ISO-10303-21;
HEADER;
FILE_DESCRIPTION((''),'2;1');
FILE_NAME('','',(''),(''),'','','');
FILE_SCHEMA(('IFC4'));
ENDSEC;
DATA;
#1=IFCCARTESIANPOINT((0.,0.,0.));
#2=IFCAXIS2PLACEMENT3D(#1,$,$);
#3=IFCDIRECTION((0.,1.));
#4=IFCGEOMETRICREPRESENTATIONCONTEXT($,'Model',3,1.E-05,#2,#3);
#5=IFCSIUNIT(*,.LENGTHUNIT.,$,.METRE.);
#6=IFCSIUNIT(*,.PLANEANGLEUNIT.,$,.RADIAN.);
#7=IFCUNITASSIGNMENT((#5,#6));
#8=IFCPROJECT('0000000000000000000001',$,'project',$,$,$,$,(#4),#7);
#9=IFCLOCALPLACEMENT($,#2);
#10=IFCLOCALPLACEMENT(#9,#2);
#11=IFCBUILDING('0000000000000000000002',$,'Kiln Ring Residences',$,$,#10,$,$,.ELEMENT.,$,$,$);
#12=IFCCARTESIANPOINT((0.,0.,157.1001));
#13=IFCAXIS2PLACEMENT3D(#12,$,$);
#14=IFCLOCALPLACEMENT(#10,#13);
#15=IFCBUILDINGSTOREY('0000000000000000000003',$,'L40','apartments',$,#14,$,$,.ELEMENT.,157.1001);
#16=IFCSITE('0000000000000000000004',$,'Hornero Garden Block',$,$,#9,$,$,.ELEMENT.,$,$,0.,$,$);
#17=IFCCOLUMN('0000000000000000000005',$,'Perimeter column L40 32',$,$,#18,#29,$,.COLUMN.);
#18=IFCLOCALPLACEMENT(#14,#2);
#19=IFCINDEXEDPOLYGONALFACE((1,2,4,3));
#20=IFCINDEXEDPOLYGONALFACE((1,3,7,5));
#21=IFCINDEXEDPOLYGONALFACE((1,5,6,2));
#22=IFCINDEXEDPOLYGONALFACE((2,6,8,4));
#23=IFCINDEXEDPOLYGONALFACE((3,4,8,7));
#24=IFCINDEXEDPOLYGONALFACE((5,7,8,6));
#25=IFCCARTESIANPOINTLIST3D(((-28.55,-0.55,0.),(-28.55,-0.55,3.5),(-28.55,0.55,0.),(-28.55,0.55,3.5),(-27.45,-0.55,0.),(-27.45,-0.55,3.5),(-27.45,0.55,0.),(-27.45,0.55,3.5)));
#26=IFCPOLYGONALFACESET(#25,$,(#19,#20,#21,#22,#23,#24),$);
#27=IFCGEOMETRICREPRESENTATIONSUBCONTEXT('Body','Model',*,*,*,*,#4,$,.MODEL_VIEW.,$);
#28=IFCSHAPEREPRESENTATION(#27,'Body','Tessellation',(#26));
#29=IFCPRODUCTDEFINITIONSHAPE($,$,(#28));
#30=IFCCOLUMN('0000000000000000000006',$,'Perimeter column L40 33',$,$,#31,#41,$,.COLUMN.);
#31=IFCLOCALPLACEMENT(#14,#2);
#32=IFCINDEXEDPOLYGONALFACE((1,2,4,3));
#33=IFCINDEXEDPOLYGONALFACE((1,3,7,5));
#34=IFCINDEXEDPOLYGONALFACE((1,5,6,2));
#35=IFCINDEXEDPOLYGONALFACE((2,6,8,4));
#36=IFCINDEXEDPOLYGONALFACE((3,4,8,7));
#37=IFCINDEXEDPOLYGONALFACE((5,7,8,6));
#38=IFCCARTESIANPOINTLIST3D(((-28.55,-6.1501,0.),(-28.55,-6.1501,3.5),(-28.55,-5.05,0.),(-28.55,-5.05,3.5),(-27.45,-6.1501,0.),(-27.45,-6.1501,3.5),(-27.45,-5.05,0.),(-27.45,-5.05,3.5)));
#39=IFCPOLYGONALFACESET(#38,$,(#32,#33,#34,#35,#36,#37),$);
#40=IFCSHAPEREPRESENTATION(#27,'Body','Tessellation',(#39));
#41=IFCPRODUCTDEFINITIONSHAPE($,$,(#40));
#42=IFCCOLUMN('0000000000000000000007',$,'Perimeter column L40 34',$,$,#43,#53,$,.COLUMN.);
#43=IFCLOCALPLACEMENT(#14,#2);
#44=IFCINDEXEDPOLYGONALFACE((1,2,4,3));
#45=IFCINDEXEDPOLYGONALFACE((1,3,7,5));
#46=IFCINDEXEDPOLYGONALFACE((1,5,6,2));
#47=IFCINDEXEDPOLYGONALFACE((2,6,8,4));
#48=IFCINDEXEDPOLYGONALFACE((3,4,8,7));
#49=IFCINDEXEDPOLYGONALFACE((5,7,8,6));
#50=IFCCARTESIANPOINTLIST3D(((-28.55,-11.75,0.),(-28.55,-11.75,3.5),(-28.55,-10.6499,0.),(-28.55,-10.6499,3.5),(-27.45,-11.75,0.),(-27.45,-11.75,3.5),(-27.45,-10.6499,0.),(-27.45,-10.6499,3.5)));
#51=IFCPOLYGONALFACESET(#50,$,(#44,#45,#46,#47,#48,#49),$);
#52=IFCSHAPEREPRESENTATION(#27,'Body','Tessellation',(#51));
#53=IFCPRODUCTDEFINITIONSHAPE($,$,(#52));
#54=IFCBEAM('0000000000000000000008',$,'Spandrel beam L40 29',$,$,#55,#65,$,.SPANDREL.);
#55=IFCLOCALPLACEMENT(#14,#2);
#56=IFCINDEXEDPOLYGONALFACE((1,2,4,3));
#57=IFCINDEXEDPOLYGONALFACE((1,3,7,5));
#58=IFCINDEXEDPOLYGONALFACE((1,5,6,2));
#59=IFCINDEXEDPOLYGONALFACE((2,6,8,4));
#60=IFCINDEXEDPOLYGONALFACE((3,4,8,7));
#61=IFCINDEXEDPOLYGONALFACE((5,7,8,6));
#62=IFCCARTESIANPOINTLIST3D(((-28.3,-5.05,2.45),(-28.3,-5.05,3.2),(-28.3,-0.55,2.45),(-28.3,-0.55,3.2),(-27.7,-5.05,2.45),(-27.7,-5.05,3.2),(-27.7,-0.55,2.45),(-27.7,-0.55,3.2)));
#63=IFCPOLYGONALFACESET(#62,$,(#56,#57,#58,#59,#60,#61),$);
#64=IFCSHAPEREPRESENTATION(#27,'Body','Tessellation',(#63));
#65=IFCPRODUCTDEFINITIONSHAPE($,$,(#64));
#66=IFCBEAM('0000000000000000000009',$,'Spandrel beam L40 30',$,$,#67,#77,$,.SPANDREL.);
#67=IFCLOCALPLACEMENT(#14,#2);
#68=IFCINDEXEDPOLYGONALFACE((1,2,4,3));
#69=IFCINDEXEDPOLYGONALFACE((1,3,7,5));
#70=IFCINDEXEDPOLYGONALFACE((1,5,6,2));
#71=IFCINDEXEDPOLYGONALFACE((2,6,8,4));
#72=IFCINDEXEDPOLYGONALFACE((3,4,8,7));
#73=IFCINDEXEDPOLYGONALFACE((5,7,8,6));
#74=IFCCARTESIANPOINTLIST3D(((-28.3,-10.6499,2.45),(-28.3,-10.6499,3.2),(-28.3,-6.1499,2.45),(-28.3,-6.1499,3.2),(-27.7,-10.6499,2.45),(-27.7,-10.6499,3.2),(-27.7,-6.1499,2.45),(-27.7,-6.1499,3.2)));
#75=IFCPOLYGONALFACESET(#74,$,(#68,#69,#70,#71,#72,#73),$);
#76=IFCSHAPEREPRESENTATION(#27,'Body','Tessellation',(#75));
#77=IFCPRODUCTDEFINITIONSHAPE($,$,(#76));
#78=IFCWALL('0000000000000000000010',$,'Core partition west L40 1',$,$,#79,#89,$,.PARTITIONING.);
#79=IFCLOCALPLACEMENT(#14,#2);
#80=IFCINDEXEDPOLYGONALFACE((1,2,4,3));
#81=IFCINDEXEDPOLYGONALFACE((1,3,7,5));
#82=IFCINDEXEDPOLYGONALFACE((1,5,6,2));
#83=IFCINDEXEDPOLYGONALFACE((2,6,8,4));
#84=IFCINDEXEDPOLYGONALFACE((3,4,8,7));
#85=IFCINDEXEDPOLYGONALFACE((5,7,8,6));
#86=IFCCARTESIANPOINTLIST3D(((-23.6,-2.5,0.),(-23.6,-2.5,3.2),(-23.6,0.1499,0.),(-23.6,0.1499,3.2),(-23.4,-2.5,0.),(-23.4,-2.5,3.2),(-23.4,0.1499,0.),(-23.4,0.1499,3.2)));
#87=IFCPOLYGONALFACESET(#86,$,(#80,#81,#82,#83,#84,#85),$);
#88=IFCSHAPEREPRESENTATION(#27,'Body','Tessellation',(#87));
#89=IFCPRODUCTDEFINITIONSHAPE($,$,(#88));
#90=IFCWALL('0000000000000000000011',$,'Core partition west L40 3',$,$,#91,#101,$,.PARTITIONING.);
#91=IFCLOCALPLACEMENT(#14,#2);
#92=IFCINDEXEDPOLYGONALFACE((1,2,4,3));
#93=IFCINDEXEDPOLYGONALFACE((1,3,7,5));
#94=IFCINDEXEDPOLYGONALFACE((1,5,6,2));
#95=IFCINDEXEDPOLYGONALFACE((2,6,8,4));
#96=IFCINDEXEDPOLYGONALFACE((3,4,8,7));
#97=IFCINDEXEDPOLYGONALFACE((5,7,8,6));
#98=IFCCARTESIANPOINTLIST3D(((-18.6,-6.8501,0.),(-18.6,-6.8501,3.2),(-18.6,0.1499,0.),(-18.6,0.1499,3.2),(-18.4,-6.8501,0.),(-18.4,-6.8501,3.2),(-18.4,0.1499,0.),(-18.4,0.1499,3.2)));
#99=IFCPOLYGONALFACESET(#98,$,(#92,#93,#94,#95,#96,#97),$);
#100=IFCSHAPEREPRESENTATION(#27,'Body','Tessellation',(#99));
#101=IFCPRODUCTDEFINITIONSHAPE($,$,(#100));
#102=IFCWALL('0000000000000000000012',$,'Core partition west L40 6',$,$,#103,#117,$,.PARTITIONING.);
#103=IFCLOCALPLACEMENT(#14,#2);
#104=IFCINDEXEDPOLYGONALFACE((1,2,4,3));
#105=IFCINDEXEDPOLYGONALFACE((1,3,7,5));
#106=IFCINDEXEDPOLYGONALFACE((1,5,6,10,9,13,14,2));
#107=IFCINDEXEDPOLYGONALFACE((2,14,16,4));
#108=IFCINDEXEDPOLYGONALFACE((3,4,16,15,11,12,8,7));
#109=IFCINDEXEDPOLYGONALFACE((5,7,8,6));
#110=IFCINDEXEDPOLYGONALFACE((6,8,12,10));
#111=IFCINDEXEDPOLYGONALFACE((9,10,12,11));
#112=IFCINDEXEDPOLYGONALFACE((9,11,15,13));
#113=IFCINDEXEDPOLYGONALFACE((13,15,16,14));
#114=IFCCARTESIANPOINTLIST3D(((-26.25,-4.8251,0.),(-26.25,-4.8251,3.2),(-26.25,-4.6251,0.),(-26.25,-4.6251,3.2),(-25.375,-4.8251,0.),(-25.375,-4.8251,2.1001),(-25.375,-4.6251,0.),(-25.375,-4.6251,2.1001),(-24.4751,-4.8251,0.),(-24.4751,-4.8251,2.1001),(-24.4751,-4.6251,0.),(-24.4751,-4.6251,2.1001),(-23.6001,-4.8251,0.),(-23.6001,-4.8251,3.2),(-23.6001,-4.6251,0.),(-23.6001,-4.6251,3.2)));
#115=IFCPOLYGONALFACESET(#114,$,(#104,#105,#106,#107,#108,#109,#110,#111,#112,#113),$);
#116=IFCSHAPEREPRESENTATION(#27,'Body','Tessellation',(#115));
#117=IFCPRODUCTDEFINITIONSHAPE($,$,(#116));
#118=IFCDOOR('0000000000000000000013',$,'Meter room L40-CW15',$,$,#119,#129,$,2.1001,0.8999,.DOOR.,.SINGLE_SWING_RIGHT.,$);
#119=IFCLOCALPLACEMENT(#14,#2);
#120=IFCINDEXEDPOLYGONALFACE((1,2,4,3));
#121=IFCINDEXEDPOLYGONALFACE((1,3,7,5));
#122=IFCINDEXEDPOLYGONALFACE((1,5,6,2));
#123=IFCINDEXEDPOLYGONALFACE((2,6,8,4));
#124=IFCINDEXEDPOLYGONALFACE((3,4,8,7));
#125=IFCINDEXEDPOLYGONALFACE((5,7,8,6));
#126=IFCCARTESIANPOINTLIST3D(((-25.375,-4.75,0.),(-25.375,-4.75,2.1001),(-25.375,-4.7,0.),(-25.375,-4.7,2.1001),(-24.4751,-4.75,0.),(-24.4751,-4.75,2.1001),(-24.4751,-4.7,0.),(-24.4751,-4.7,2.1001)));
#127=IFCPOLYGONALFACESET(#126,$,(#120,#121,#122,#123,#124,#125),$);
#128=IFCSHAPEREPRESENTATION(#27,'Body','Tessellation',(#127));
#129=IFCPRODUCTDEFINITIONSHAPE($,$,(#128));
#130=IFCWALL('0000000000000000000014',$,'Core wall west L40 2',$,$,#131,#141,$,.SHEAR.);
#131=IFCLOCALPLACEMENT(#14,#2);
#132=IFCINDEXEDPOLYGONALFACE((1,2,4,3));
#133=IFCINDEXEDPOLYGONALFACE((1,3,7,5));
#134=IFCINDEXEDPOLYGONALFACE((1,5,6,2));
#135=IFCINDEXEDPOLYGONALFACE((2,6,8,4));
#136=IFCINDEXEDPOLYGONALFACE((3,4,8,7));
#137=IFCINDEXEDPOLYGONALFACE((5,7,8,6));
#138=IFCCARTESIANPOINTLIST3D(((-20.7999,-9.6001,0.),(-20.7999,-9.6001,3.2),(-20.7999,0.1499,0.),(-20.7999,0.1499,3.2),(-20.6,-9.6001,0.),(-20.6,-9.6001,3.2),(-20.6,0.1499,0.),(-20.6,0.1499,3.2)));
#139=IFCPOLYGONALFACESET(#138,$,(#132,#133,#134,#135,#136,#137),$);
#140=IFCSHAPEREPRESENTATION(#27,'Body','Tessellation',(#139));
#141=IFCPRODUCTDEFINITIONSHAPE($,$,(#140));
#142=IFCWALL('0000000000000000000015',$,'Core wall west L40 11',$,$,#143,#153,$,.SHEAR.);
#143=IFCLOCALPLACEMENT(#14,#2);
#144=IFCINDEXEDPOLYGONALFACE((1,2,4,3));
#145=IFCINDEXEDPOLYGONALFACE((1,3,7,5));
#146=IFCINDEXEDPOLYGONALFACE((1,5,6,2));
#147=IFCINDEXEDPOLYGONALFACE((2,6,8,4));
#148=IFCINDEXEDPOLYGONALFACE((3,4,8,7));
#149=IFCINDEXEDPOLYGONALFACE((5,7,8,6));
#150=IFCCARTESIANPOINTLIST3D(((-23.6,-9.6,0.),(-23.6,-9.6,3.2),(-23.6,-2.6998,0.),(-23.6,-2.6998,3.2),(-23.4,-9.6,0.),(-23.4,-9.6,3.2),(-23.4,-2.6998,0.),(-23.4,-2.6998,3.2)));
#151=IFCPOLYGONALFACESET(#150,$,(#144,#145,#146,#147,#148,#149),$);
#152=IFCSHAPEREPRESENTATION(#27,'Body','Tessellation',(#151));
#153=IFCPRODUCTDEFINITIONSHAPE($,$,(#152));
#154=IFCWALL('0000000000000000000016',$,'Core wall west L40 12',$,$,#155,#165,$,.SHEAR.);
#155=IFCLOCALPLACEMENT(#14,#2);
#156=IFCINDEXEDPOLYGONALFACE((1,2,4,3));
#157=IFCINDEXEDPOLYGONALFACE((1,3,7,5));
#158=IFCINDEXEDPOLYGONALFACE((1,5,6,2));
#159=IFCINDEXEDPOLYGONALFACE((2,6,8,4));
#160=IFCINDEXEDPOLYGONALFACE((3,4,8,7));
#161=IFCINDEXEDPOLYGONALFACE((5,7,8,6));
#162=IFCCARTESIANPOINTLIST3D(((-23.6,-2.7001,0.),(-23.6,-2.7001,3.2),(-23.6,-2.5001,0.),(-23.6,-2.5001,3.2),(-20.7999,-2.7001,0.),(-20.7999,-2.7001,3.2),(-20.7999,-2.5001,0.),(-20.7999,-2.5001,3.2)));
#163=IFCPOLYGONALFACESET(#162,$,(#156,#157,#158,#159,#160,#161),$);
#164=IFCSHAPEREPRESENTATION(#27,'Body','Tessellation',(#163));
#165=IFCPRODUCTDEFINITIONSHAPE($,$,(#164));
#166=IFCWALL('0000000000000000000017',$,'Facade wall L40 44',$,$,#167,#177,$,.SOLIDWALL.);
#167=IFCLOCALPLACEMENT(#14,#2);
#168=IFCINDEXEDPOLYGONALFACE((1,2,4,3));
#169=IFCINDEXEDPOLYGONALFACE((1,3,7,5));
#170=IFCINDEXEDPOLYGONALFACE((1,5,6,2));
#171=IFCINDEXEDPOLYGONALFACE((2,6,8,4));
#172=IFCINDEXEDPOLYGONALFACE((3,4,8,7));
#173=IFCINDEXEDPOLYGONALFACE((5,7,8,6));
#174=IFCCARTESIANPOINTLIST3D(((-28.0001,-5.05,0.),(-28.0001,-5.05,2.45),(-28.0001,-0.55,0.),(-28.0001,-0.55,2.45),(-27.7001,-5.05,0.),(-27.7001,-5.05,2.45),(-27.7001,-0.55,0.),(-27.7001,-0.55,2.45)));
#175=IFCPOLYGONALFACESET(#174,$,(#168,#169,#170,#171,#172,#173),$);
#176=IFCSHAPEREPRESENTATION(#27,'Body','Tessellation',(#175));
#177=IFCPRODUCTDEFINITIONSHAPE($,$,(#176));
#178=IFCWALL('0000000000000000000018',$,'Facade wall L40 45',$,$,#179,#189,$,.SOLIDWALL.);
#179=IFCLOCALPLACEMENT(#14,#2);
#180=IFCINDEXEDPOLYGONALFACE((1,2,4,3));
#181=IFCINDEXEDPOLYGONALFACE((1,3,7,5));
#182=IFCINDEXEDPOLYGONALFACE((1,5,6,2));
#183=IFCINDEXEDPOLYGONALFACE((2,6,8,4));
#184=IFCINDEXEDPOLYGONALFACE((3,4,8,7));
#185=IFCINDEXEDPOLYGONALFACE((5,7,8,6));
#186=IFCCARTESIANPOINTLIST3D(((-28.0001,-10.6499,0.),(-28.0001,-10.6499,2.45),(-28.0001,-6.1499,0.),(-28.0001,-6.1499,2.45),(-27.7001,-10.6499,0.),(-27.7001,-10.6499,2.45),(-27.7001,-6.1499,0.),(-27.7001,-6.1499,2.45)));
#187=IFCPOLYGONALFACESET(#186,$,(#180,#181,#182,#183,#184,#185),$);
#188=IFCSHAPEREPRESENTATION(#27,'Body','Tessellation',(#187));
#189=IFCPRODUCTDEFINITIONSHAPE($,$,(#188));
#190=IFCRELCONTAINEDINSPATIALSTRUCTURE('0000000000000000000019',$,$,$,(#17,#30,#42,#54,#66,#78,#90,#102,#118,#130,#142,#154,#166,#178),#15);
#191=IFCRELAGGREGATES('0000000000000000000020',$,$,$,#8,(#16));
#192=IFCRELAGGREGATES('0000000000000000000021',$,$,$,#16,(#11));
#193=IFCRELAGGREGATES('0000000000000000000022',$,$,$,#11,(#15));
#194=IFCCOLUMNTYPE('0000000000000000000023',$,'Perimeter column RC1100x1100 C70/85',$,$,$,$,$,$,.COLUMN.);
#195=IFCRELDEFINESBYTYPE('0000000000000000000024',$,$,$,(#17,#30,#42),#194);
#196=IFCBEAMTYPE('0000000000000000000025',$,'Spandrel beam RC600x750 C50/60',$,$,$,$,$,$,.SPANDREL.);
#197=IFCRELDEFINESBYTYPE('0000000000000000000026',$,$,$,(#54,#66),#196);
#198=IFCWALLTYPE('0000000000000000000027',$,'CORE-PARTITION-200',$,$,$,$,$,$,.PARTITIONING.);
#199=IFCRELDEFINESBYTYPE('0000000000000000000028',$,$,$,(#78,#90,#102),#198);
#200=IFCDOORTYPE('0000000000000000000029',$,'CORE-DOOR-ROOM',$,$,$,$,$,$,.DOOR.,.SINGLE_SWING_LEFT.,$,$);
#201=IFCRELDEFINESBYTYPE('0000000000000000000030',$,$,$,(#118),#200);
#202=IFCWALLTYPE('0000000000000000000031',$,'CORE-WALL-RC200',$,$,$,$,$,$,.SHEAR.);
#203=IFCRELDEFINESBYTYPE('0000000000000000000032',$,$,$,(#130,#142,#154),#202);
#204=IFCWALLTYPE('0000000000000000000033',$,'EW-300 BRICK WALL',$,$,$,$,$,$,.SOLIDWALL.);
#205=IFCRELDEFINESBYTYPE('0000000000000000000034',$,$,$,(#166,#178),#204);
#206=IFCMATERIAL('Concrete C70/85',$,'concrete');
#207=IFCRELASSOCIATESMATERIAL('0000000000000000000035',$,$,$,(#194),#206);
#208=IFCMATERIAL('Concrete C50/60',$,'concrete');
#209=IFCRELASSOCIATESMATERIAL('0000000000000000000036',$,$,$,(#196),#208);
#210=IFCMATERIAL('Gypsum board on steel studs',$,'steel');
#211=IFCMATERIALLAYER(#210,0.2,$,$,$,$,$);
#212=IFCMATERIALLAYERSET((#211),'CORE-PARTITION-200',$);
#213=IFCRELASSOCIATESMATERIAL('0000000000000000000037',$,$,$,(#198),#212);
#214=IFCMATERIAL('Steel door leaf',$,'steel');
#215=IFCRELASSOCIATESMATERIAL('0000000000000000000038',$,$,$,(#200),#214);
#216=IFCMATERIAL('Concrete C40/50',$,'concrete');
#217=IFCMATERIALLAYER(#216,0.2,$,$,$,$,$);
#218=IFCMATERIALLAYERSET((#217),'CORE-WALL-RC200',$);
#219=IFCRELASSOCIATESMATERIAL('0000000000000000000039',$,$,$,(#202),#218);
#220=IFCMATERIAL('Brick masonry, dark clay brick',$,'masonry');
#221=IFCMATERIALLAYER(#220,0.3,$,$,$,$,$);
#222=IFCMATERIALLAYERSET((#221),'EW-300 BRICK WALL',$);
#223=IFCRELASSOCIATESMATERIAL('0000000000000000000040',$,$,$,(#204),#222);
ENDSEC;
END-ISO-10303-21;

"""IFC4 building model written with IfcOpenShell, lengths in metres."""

from ifc_helpers import new_model, si_unit, direction, frame, frame_2d, origin, origin_2d, place, context, subcontext, project, spatial, rectangle, extrude, material, layer, layer_set, material_profile, profile_set, type_object, element, fill, save


model = new_model("IFC4")

# Units and contexts
model_context = context("Model", 3, precision=1e-05, world=origin(), true_north=direction((0.0, 1.0)))
body_context = subcontext(model_context, "Body", "Model", "MODEL_VIEW")
ifc_project = project(units=[si_unit("LENGTHUNIT", "METRE"), si_unit("PLANEANGLEUNIT", "RADIAN")], contexts=[model_context])

# Site, building, storey
site_placement = place(None, origin())
site = spatial("IfcSite", under=ifc_project, at=site_placement, Name="Hornero Garden Block", CompositionType="ELEMENT", RefElevation=0.0)
building_placement = place(site_placement, origin())
building = spatial("IfcBuilding", under=site, at=building_placement, Name="Kiln Ring Residences", CompositionType="ELEMENT")
storey_placement = place(building_placement, frame((0.0, 0.0, 157.1001)))
storey = spatial("IfcBuildingStorey", under=building, at=storey_placement, Name="L40", Description="apartments", CompositionType="ELEMENT", Elevation=157.1001)

# Columns
ifc_material_1 = material(Name="Concrete C70/85", Category="concrete")
ifc_material_profile_1 = material_profile(ifc_material_1, rectangle(XDim=1.1001, YDim=1.1001, at=origin_2d()), Name="RC1100x1100")
ifc_profile_set_1 = profile_set([ifc_material_profile_1], Name="Concrete C70/85")
column_type = type_object("IfcColumnType", Name="Perimeter column RC1100x1100 C70/85", PredefinedType="COLUMN", material=ifc_profile_set_1)
for number, where, z_axis, x_axis, name in (
    (1, (-28.0, 0.0, 0.0), (0.0, 0.0, 1.0), (1.0, 0.0, 0.0), "Perimeter column L40 32"),
    (2, (-28.0, -5.6001, 0.0), (0.0, 0.0, 1.0), (1.0, 0.0, 0.0), "Perimeter column L40 33"),
    (3, (-28.0, -11.2, 0.0), (0.0, 0.0, 1.0), (1.0, 0.0, 0.0), "Perimeter column L40 34"),
):
    element("IfcColumn", number, at=place(storey_placement, frame(where, z_axis=z_axis, x_axis=x_axis)), inside=storey, type_object=column_type, Name=name, PredefinedType="COLUMN", context=body_context, shape_type="SweptSolid", body=[
        extrude(rectangle(XDim=1.1001, YDim=1.1001, at=origin_2d()), origin(), (0.0, 0.0, 1.0), 3.5),
    ])

# Beams
ifc_material_2 = material(Name="Concrete C50/60", Category="concrete")
ifc_material_profile_2 = material_profile(ifc_material_2, rectangle(XDim=0.6001, YDim=0.75, at=origin_2d()), Name="RC600x750")
ifc_profile_set_2 = profile_set([ifc_material_profile_2], Name="Concrete C50/60")
beam_type = type_object("IfcBeamType", Name="Spandrel beam RC600x750 C50/60", PredefinedType="SPANDREL", material=ifc_profile_set_2)
for number, where, z_axis, x_axis, name in (
    (4, (-28.0, -0.55, 2.825), (0.0, -1.0, 0.0), (1.0, 0.0, 0.0), "Spandrel beam L40 29"),
    (5, (-28.0, -6.1499, 2.825), (0.0, -1.0, 0.0), (1.0, 0.0, 0.0), "Spandrel beam L40 30"),
):
    element("IfcBeam", number, at=place(storey_placement, frame(where, z_axis=z_axis, x_axis=x_axis)), inside=storey, type_object=beam_type, Name=name, PredefinedType="SPANDREL", context=body_context, shape_type="SweptSolid", body=[
        extrude(rectangle(XDim=0.6001, YDim=0.75, at=origin_2d()), origin(), (0.0, 0.0, 1.0), 4.5),
    ])

# Walls
ifc_material_3 = material(Name="Gypsum board on steel studs", Category="steel")
ifc_layer_1 = layer(ifc_material_3, 0.2)
ifc_layer_set_1 = layer_set([ifc_layer_1], Name="CORE-PARTITION-200")
wall_type_1 = type_object("IfcWallType", Name="CORE-PARTITION-200", PredefinedType="PARTITIONING", material=ifc_layer_set_1)
wall_1_placement = place(storey_placement, frame((-23.5, -2.5, 0.0), z_axis=(0.0, 0.0, 1.0), x_axis=(0.0, 1.0, 0.0)))
element("IfcWall", 6, at=wall_1_placement, inside=storey, type_object=wall_type_1, Name="Core partition west L40 1", PredefinedType="PARTITIONING", context=body_context, shape_type="SweptSolid", body=[
    extrude(rectangle(XDim=2.6499, YDim=0.2, at=frame_2d((1.325, 0.0))), origin(), (0.0, 0.0, 1.0), 3.2),
])
wall_2_placement = place(storey_placement, frame((-18.5, -6.8501, 0.0), z_axis=(0.0, 0.0, 1.0), x_axis=(0.0, 1.0, 0.0)))
element("IfcWall", 7, at=wall_2_placement, inside=storey, type_object=wall_type_1, Name="Core partition west L40 3", PredefinedType="PARTITIONING", context=body_context, shape_type="SweptSolid", body=[
    extrude(rectangle(XDim=7.0, YDim=0.2, at=frame_2d((3.5, 0.0))), origin(), (0.0, 0.0, 1.0), 3.2),
])

# Wall, opening, door
wall_3_placement = place(storey_placement, frame((-23.6001, -4.7251, 0.0), z_axis=(0.0, 0.0, 1.0), x_axis=(-1.0, 0.0, 0.0)))
wall_3 = element("IfcWall", 8, at=wall_3_placement, inside=storey, type_object=wall_type_1, Name="Core partition west L40 6", PredefinedType="PARTITIONING", context=body_context, shape_type="SweptSolid", body=[
    extrude(rectangle(XDim=2.6499, YDim=0.2, at=frame_2d((1.325, 0.0))), origin(), (0.0, 0.0, 1.0), 3.2),
])
opening_placement = place(wall_3_placement, frame((0.875, 0.0, 0.0)))
opening = element("IfcOpeningElement", 9, at=opening_placement, cuts=wall_3, PredefinedType="OPENING", context=body_context, shape_type="SweptSolid", body=[
    extrude(rectangle(XDim=0.8999, YDim=2.1001, at=frame_2d((0.45, 1.05))), frame((0.0, 0.1099, 0.0), z_axis=(0.0, -1.0, 0.0), x_axis=(1.0, 0.0, 0.0)), (0.0, 0.0, 1.0), 0.22),
])
ifc_material_4 = material(Name="Steel door leaf", Category="steel")
door_type = type_object("IfcDoorType", Name="CORE-DOOR-ROOM", OperationType="SINGLE_SWING_LEFT", PredefinedType="DOOR", material=ifc_material_4)
door_placement = place(opening_placement, origin())
door = element("IfcDoor", 10, at=door_placement, inside=storey, type_object=door_type, Name="Meter room L40-CW15", OperationType="SINGLE_SWING_RIGHT", OverallHeight=2.1001, OverallWidth=0.8999, PredefinedType="DOOR", context=body_context, shape_type="SweptSolid", body=[
    extrude(rectangle(XDim=0.8999, YDim=2.1001, at=frame_2d((0.45, 1.05))), frame((0.0, 0.0249, 0.0), z_axis=(0.0, -1.0, 0.0), x_axis=(1.0, 0.0, 0.0)), (0.0, 0.0, 1.0), 0.05),
])
fill(opening, door)

# Walls
ifc_material_5 = material(Name="Concrete C40/50", Category="concrete")
ifc_layer_2 = layer(ifc_material_5, 0.2)
ifc_layer_set_2 = layer_set([ifc_layer_2], Name="CORE-WALL-RC200")
wall_type_2 = type_object("IfcWallType", Name="CORE-WALL-RC200", PredefinedType="SHEAR", material=ifc_layer_set_2)
wall_4_placement = place(storey_placement, frame((-20.7, -9.6001, 0.0), z_axis=(0.0, 0.0, 1.0), x_axis=(0.0, 1.0, 0.0)))
element("IfcWall", 11, at=wall_4_placement, inside=storey, type_object=wall_type_2, Name="Core wall west L40 2", PredefinedType="SHEAR", context=body_context, shape_type="SweptSolid", body=[
    extrude(rectangle(XDim=9.75, YDim=0.2, at=frame_2d((4.875, 0.0))), origin(), (0.0, 0.0, 1.0), 3.2),
])
wall_5_placement = place(storey_placement, frame((-23.5, -9.6001, 0.0), z_axis=(0.0, 0.0, 1.0), x_axis=(0.0, 1.0, 0.0)))
element("IfcWall", 12, at=wall_5_placement, inside=storey, type_object=wall_type_2, Name="Core wall west L40 11", PredefinedType="SHEAR", context=body_context, shape_type="SweptSolid", body=[
    extrude(rectangle(XDim=6.9001, YDim=0.2, at=frame_2d((3.4502, 0.0))), origin(), (0.0, 0.0, 1.0), 3.2),
])
wall_6_placement = place(storey_placement, frame((-20.8, -2.6001, 0.0), z_axis=(0.0, 0.0, 1.0), x_axis=(-1.0, 0.0, 0.0)))
element("IfcWall", 13, at=wall_6_placement, inside=storey, type_object=wall_type_2, Name="Core wall west L40 12", PredefinedType="SHEAR", context=body_context, shape_type="SweptSolid", body=[
    extrude(rectangle(XDim=2.8, YDim=0.2, at=frame_2d((1.3999, 0.0))), origin(), (0.0, 0.0, 1.0), 3.2),
])
ifc_material_6 = material(Name="Brick masonry, dark clay brick", Category="masonry")
ifc_layer_3 = layer(ifc_material_6, 0.3)
ifc_layer_set_3 = layer_set([ifc_layer_3], Name="EW-300 BRICK WALL")
wall_type_3 = type_object("IfcWallType", Name="EW-300 BRICK WALL", PredefinedType="SOLIDWALL", material=ifc_layer_set_3)
for number, where, z_axis, x_axis, name in (
    (14, (-27.8501, -0.55, 0.0), (0.0, 0.0, 1.0), (0.0, -1.0, 0.0), "Facade wall L40 44"),
    (15, (-27.8501, -6.1499, 0.0), (0.0, 0.0, 1.0), (0.0, -1.0, 0.0), "Facade wall L40 45"),
):
    element("IfcWall", number, at=place(storey_placement, frame(where, z_axis=z_axis, x_axis=x_axis)), inside=storey, type_object=wall_type_3, Name=name, PredefinedType="SOLIDWALL", context=body_context, shape_type="SweptSolid", body=[
        extrude(rectangle(XDim=4.5, YDim=0.3, at=frame_2d((2.25, 0.0))), origin(), (0.0, 0.0, 1.0), 2.45),
    ])

save(model, "model.ifc")
